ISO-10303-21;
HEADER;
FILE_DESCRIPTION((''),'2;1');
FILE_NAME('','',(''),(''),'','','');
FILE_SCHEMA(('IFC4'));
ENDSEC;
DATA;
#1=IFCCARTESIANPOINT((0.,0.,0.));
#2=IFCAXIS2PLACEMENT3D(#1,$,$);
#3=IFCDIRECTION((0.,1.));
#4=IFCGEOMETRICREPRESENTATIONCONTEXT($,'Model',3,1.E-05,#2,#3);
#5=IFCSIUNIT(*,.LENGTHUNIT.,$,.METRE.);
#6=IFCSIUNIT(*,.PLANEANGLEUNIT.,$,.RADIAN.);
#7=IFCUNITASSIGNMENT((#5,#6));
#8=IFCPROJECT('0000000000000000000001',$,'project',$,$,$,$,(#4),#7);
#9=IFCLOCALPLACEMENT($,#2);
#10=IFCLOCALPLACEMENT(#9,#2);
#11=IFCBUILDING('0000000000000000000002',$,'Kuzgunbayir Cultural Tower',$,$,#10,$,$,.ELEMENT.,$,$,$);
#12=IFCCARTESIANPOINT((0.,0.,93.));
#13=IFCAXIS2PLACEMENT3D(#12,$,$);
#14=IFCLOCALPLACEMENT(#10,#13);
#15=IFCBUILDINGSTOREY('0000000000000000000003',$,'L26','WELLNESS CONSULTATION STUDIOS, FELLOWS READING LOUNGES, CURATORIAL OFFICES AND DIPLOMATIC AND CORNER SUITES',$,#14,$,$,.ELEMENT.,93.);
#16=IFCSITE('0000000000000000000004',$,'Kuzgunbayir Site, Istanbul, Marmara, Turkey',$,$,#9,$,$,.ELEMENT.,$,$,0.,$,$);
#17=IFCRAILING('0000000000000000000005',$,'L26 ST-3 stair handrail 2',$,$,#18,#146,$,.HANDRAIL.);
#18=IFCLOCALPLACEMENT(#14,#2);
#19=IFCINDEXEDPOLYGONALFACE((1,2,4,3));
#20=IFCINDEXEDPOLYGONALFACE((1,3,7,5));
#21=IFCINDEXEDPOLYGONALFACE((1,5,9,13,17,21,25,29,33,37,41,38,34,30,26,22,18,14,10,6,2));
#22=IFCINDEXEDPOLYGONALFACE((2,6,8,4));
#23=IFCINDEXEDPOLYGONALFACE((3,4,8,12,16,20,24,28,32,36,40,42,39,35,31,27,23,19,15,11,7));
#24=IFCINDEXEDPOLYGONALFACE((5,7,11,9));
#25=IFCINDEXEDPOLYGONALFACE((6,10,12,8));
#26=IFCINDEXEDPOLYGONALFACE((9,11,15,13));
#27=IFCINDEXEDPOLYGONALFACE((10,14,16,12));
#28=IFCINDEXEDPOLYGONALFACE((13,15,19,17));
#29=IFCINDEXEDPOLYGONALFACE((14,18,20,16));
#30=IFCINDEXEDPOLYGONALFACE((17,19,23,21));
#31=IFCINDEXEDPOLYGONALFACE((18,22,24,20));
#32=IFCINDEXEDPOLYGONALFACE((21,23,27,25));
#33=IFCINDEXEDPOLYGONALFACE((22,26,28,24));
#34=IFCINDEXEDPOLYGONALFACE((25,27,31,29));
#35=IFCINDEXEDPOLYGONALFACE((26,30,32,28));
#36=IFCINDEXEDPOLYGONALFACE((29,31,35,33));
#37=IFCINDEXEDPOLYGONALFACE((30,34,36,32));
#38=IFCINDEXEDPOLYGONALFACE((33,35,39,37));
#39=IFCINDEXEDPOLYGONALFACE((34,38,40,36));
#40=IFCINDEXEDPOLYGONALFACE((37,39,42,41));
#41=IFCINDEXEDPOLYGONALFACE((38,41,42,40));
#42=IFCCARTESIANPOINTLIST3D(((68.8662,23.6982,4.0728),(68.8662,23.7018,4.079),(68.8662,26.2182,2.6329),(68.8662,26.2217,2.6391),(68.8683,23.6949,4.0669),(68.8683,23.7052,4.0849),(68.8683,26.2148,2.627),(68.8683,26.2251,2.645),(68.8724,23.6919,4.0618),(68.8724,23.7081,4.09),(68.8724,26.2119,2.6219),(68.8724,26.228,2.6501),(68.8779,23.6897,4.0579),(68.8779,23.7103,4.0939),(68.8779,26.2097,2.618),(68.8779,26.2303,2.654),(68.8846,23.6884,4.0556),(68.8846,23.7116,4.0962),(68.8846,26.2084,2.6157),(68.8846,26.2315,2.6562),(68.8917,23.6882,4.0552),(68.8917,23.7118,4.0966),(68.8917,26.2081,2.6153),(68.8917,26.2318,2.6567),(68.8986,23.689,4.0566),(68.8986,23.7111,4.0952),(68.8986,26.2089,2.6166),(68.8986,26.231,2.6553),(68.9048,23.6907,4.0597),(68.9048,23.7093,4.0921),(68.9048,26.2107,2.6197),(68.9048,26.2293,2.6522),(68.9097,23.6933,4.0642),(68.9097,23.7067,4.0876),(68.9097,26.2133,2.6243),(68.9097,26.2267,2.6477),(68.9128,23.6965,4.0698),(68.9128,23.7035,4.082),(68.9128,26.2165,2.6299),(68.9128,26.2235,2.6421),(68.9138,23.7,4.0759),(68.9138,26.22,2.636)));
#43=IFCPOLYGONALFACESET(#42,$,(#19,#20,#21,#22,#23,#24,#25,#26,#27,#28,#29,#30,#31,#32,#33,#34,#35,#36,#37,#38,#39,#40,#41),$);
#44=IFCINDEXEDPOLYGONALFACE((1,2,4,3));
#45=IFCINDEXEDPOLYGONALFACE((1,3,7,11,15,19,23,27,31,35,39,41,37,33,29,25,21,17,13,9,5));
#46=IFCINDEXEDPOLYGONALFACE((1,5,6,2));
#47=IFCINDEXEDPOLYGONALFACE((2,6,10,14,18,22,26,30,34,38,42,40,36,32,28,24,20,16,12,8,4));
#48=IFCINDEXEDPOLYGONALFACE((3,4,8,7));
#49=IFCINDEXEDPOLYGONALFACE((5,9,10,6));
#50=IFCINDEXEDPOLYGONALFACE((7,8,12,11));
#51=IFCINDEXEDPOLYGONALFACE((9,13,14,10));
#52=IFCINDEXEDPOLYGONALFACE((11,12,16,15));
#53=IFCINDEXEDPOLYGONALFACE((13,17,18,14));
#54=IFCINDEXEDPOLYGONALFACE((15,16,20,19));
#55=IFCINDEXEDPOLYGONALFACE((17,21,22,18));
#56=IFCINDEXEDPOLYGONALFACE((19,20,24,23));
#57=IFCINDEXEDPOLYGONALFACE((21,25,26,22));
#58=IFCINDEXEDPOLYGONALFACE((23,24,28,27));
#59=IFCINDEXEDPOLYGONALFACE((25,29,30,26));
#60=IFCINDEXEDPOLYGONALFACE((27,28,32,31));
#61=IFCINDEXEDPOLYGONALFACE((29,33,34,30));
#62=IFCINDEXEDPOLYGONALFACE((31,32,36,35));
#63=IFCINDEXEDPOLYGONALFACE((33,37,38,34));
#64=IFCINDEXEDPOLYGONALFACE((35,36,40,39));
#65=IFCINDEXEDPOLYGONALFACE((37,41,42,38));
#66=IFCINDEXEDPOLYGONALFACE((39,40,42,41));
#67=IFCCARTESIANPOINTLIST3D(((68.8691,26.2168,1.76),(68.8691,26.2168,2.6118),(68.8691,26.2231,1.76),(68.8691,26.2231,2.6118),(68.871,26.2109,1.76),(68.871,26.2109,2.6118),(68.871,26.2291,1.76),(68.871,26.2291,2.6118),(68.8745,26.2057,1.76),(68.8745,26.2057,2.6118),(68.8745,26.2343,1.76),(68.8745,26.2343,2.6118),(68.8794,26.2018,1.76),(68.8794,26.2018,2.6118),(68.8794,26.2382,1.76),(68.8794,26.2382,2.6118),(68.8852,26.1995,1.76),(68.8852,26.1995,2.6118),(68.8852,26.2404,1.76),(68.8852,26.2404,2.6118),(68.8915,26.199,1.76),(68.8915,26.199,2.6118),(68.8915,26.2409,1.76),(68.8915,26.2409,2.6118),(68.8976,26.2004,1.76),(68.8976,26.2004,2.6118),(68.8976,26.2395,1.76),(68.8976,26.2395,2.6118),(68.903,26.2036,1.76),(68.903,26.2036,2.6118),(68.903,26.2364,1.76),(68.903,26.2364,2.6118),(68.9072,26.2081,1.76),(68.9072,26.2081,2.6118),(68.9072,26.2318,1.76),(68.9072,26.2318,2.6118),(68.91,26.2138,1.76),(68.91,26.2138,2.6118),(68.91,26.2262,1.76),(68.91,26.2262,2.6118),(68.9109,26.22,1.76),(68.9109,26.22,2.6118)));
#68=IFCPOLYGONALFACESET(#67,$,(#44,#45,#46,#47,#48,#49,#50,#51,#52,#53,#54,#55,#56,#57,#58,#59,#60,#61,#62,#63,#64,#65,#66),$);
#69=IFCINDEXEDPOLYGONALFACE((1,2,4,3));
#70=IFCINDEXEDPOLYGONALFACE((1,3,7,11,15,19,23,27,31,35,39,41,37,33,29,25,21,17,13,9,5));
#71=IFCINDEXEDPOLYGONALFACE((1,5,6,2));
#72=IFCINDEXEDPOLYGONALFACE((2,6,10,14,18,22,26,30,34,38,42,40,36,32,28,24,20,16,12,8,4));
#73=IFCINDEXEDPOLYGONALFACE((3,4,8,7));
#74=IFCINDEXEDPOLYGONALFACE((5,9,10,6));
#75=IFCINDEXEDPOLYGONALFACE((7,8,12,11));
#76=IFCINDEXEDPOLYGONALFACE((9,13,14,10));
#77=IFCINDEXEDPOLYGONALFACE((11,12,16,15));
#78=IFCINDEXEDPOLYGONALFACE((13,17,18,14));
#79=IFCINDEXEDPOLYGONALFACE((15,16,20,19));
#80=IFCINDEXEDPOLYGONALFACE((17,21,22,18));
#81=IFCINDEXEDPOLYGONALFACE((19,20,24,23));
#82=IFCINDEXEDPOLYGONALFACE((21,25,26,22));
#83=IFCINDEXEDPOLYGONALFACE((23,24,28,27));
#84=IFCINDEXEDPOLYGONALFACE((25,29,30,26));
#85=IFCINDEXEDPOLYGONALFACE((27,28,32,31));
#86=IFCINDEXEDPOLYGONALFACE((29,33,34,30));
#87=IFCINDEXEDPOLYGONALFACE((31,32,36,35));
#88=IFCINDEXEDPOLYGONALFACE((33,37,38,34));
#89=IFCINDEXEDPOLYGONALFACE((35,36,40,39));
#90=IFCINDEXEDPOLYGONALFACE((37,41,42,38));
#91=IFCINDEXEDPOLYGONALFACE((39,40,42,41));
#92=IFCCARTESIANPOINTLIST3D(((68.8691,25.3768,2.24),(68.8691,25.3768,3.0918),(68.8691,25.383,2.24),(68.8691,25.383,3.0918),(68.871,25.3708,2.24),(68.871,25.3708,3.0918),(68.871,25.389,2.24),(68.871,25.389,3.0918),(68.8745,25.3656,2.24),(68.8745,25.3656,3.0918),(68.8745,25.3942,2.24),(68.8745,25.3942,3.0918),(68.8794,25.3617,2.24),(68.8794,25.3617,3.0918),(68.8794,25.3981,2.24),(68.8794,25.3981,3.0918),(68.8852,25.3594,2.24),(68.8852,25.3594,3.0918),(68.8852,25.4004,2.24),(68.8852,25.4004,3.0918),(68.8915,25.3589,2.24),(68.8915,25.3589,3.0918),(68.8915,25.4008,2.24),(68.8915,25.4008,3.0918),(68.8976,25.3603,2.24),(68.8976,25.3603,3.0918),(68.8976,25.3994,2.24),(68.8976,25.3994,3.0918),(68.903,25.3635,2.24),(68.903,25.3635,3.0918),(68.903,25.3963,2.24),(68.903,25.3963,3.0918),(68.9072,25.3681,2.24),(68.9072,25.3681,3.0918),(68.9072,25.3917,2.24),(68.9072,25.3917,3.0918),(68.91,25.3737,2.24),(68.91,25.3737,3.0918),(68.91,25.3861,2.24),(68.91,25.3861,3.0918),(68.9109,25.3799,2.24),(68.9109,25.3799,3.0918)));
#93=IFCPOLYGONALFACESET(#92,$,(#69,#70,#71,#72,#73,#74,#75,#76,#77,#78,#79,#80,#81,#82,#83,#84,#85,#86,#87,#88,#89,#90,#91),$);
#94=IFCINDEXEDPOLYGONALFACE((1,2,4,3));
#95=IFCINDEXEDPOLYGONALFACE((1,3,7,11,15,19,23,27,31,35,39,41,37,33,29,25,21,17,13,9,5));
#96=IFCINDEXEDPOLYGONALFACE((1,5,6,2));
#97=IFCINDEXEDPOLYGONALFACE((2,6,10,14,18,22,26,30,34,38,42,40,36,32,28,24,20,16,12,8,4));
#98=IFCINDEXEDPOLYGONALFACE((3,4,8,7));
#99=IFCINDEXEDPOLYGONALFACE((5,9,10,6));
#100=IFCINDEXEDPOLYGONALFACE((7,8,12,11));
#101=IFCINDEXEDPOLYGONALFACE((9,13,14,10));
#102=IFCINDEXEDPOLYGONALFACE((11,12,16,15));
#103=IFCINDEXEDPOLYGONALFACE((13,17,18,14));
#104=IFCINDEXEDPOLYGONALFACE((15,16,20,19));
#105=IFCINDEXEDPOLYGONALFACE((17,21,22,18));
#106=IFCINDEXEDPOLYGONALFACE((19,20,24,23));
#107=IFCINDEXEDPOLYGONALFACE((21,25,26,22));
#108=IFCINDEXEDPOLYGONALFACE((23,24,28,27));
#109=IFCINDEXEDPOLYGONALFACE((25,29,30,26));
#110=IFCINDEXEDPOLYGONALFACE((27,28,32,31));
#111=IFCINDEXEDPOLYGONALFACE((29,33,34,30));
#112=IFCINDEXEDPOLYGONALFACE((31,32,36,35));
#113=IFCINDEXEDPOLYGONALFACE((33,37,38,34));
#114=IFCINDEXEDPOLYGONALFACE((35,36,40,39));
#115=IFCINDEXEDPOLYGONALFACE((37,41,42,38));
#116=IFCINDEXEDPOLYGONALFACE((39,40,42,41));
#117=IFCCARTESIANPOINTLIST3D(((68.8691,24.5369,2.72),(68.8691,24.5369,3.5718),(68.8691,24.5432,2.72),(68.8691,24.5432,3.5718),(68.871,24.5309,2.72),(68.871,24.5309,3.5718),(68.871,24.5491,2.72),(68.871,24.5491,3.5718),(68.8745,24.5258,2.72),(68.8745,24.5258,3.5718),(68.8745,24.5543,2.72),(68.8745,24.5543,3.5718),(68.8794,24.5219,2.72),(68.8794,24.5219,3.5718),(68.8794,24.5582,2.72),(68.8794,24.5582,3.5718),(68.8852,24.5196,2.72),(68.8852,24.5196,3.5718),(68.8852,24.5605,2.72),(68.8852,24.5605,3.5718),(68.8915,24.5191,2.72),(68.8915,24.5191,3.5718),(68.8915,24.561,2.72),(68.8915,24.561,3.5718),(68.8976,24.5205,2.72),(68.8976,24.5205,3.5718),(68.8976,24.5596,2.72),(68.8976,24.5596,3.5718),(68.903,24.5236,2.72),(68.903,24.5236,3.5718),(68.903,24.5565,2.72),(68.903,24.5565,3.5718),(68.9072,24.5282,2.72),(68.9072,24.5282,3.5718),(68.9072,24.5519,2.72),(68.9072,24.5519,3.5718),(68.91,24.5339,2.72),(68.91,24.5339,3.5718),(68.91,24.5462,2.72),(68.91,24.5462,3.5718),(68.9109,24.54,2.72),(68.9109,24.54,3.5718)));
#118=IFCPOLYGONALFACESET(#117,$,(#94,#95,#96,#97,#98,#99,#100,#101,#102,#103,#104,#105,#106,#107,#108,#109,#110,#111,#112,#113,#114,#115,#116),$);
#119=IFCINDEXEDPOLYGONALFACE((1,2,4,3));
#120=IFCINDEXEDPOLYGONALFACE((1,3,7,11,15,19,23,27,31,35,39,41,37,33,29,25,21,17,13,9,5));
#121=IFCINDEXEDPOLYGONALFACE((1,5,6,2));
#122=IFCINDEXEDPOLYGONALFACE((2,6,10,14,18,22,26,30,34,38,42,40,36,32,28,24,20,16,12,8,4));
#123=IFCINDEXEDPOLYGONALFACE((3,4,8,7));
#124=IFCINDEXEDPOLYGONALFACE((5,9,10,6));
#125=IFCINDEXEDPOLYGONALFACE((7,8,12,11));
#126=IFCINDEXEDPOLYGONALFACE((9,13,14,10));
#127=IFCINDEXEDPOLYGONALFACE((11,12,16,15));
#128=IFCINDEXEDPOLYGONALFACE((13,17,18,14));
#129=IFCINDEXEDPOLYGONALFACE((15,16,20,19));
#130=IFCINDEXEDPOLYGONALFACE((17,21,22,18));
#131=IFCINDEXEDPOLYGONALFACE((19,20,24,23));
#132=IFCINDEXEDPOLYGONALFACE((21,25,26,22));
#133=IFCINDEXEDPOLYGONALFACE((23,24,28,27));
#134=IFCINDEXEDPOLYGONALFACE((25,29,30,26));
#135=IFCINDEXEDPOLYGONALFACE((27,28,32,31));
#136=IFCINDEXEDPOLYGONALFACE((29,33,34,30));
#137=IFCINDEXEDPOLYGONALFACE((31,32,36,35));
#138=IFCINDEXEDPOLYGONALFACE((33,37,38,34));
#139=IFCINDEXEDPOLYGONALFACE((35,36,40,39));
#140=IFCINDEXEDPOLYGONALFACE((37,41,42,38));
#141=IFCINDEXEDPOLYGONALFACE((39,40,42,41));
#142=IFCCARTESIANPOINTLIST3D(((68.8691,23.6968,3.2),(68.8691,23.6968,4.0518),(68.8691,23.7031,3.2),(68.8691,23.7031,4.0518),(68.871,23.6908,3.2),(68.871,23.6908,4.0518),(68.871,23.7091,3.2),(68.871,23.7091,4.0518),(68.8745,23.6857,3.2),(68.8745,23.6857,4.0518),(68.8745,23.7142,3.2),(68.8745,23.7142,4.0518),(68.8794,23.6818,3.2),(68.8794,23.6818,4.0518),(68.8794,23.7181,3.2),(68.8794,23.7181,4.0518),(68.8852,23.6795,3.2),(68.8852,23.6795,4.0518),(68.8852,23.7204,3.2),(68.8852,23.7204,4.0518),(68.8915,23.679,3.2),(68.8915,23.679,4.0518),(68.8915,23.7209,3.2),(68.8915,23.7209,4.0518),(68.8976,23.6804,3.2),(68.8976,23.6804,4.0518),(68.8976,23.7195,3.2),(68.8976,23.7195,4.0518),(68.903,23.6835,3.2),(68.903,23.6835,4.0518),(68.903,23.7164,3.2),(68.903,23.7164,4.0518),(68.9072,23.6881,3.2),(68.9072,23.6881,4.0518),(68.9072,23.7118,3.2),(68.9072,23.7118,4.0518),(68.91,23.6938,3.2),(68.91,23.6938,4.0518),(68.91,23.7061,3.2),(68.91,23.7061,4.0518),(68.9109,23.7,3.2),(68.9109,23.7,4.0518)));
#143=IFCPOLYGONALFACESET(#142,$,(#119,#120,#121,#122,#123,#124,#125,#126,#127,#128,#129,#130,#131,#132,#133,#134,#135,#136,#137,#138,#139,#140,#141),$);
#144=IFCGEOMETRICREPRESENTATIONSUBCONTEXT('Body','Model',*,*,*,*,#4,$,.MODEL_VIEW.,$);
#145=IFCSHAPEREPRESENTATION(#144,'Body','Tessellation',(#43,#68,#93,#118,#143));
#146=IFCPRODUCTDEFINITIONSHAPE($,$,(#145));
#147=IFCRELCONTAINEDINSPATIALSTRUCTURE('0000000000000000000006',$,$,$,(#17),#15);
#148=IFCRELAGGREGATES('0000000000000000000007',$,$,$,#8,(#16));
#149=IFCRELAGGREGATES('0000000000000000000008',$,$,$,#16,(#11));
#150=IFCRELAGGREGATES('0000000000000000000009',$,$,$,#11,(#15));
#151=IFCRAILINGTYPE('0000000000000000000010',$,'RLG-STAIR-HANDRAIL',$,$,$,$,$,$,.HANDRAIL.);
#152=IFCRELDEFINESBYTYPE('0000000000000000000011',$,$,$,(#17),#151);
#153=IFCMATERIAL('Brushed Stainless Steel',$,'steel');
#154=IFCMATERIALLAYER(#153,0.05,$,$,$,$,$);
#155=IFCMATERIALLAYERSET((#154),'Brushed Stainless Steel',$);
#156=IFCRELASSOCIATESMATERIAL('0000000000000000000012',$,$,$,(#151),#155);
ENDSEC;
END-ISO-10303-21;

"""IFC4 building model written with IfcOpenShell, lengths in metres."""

from ifc_helpers import new_model, si_unit, direction, frame, origin, origin_2d, place, context, subcontext, project, spatial, circle, extrude, material, layer, layer_set, type_object, element, save


model = new_model("IFC4")

# Units and contexts
model_context = context("Model", 3, precision=1e-05, world=origin(), true_north=direction((0.0, 1.0)))
body_context = subcontext(model_context, "Body", "Model", "MODEL_VIEW")
ifc_project = project(units=[si_unit("LENGTHUNIT", "METRE"), si_unit("PLANEANGLEUNIT", "RADIAN")], contexts=[model_context])

# Site, building, storey
site_placement = place(None, origin())
site = spatial("IfcSite", under=ifc_project, at=site_placement, Name="Kuzgunbayir Site, Istanbul, Marmara, Turkey", CompositionType="ELEMENT", RefElevation=0.0)
building_placement = place(site_placement, origin())
building = spatial("IfcBuilding", under=site, at=building_placement, Name="Kuzgunbayir Cultural Tower", CompositionType="ELEMENT")
storey_placement = place(building_placement, frame((0.0, 0.0, 93.0)))
storey = spatial("IfcBuildingStorey", under=building, at=storey_placement, Name="L26", Description="WELLNESS CONSULTATION STUDIOS, FELLOWS READING LOUNGES, CURATORIAL OFFICES AND DIPLOMATIC AND CORNER SUITES", CompositionType="ELEMENT", Elevation=93.0)

# Shared definitions
ifc_material_1 = material(Name="Brushed Stainless Steel", Category="steel")

# Railing
ifc_layer_1 = layer(ifc_material_1, 0.05)
ifc_layer_set_1 = layer_set([ifc_layer_1], Name="Brushed Stainless Steel")
railing_type_1 = type_object("IfcRailingType", Name="RLG-STAIR-HANDRAIL", PredefinedType="HANDRAIL", material=ifc_layer_set_1)
railing_1_placement = place(storey_placement, frame((68.8899, 26.22, 1.76)))
element("IfcRailing", 1, at=railing_1_placement, inside=storey, type_object=railing_type_1, Name="L26 ST-3 stair handrail 2", PredefinedType="HANDRAIL", context=body_context, shape_type="SweptSolid", body=[
    extrude(circle(Radius=0.0239, at=origin_2d()), frame((0.0, 0.0, 0.876), z_axis=(0.0, -0.868253, 0.496121), x_axis=(1.0, 0.0, 0.0)), (0.0, 0.0, 1.0), 2.9023),
    extrude(circle(Radius=0.021, at=origin_2d()), origin(), (0.0, 0.0, 1.0), 0.8518),
    extrude(circle(Radius=0.021, at=origin_2d()), frame((0.0, -0.8401, 0.48)), (0.0, 0.0, 1.0), 0.8518),
    extrude(circle(Radius=0.021, at=origin_2d()), frame((0.0, -1.6799, 0.96)), (0.0, 0.0, 1.0), 0.8518),
    extrude(circle(Radius=0.021, at=origin_2d()), frame((0.0, -2.52, 1.4399)), (0.0, 0.0, 1.0), 0.8518),
])

save(model, "model.ifc")
